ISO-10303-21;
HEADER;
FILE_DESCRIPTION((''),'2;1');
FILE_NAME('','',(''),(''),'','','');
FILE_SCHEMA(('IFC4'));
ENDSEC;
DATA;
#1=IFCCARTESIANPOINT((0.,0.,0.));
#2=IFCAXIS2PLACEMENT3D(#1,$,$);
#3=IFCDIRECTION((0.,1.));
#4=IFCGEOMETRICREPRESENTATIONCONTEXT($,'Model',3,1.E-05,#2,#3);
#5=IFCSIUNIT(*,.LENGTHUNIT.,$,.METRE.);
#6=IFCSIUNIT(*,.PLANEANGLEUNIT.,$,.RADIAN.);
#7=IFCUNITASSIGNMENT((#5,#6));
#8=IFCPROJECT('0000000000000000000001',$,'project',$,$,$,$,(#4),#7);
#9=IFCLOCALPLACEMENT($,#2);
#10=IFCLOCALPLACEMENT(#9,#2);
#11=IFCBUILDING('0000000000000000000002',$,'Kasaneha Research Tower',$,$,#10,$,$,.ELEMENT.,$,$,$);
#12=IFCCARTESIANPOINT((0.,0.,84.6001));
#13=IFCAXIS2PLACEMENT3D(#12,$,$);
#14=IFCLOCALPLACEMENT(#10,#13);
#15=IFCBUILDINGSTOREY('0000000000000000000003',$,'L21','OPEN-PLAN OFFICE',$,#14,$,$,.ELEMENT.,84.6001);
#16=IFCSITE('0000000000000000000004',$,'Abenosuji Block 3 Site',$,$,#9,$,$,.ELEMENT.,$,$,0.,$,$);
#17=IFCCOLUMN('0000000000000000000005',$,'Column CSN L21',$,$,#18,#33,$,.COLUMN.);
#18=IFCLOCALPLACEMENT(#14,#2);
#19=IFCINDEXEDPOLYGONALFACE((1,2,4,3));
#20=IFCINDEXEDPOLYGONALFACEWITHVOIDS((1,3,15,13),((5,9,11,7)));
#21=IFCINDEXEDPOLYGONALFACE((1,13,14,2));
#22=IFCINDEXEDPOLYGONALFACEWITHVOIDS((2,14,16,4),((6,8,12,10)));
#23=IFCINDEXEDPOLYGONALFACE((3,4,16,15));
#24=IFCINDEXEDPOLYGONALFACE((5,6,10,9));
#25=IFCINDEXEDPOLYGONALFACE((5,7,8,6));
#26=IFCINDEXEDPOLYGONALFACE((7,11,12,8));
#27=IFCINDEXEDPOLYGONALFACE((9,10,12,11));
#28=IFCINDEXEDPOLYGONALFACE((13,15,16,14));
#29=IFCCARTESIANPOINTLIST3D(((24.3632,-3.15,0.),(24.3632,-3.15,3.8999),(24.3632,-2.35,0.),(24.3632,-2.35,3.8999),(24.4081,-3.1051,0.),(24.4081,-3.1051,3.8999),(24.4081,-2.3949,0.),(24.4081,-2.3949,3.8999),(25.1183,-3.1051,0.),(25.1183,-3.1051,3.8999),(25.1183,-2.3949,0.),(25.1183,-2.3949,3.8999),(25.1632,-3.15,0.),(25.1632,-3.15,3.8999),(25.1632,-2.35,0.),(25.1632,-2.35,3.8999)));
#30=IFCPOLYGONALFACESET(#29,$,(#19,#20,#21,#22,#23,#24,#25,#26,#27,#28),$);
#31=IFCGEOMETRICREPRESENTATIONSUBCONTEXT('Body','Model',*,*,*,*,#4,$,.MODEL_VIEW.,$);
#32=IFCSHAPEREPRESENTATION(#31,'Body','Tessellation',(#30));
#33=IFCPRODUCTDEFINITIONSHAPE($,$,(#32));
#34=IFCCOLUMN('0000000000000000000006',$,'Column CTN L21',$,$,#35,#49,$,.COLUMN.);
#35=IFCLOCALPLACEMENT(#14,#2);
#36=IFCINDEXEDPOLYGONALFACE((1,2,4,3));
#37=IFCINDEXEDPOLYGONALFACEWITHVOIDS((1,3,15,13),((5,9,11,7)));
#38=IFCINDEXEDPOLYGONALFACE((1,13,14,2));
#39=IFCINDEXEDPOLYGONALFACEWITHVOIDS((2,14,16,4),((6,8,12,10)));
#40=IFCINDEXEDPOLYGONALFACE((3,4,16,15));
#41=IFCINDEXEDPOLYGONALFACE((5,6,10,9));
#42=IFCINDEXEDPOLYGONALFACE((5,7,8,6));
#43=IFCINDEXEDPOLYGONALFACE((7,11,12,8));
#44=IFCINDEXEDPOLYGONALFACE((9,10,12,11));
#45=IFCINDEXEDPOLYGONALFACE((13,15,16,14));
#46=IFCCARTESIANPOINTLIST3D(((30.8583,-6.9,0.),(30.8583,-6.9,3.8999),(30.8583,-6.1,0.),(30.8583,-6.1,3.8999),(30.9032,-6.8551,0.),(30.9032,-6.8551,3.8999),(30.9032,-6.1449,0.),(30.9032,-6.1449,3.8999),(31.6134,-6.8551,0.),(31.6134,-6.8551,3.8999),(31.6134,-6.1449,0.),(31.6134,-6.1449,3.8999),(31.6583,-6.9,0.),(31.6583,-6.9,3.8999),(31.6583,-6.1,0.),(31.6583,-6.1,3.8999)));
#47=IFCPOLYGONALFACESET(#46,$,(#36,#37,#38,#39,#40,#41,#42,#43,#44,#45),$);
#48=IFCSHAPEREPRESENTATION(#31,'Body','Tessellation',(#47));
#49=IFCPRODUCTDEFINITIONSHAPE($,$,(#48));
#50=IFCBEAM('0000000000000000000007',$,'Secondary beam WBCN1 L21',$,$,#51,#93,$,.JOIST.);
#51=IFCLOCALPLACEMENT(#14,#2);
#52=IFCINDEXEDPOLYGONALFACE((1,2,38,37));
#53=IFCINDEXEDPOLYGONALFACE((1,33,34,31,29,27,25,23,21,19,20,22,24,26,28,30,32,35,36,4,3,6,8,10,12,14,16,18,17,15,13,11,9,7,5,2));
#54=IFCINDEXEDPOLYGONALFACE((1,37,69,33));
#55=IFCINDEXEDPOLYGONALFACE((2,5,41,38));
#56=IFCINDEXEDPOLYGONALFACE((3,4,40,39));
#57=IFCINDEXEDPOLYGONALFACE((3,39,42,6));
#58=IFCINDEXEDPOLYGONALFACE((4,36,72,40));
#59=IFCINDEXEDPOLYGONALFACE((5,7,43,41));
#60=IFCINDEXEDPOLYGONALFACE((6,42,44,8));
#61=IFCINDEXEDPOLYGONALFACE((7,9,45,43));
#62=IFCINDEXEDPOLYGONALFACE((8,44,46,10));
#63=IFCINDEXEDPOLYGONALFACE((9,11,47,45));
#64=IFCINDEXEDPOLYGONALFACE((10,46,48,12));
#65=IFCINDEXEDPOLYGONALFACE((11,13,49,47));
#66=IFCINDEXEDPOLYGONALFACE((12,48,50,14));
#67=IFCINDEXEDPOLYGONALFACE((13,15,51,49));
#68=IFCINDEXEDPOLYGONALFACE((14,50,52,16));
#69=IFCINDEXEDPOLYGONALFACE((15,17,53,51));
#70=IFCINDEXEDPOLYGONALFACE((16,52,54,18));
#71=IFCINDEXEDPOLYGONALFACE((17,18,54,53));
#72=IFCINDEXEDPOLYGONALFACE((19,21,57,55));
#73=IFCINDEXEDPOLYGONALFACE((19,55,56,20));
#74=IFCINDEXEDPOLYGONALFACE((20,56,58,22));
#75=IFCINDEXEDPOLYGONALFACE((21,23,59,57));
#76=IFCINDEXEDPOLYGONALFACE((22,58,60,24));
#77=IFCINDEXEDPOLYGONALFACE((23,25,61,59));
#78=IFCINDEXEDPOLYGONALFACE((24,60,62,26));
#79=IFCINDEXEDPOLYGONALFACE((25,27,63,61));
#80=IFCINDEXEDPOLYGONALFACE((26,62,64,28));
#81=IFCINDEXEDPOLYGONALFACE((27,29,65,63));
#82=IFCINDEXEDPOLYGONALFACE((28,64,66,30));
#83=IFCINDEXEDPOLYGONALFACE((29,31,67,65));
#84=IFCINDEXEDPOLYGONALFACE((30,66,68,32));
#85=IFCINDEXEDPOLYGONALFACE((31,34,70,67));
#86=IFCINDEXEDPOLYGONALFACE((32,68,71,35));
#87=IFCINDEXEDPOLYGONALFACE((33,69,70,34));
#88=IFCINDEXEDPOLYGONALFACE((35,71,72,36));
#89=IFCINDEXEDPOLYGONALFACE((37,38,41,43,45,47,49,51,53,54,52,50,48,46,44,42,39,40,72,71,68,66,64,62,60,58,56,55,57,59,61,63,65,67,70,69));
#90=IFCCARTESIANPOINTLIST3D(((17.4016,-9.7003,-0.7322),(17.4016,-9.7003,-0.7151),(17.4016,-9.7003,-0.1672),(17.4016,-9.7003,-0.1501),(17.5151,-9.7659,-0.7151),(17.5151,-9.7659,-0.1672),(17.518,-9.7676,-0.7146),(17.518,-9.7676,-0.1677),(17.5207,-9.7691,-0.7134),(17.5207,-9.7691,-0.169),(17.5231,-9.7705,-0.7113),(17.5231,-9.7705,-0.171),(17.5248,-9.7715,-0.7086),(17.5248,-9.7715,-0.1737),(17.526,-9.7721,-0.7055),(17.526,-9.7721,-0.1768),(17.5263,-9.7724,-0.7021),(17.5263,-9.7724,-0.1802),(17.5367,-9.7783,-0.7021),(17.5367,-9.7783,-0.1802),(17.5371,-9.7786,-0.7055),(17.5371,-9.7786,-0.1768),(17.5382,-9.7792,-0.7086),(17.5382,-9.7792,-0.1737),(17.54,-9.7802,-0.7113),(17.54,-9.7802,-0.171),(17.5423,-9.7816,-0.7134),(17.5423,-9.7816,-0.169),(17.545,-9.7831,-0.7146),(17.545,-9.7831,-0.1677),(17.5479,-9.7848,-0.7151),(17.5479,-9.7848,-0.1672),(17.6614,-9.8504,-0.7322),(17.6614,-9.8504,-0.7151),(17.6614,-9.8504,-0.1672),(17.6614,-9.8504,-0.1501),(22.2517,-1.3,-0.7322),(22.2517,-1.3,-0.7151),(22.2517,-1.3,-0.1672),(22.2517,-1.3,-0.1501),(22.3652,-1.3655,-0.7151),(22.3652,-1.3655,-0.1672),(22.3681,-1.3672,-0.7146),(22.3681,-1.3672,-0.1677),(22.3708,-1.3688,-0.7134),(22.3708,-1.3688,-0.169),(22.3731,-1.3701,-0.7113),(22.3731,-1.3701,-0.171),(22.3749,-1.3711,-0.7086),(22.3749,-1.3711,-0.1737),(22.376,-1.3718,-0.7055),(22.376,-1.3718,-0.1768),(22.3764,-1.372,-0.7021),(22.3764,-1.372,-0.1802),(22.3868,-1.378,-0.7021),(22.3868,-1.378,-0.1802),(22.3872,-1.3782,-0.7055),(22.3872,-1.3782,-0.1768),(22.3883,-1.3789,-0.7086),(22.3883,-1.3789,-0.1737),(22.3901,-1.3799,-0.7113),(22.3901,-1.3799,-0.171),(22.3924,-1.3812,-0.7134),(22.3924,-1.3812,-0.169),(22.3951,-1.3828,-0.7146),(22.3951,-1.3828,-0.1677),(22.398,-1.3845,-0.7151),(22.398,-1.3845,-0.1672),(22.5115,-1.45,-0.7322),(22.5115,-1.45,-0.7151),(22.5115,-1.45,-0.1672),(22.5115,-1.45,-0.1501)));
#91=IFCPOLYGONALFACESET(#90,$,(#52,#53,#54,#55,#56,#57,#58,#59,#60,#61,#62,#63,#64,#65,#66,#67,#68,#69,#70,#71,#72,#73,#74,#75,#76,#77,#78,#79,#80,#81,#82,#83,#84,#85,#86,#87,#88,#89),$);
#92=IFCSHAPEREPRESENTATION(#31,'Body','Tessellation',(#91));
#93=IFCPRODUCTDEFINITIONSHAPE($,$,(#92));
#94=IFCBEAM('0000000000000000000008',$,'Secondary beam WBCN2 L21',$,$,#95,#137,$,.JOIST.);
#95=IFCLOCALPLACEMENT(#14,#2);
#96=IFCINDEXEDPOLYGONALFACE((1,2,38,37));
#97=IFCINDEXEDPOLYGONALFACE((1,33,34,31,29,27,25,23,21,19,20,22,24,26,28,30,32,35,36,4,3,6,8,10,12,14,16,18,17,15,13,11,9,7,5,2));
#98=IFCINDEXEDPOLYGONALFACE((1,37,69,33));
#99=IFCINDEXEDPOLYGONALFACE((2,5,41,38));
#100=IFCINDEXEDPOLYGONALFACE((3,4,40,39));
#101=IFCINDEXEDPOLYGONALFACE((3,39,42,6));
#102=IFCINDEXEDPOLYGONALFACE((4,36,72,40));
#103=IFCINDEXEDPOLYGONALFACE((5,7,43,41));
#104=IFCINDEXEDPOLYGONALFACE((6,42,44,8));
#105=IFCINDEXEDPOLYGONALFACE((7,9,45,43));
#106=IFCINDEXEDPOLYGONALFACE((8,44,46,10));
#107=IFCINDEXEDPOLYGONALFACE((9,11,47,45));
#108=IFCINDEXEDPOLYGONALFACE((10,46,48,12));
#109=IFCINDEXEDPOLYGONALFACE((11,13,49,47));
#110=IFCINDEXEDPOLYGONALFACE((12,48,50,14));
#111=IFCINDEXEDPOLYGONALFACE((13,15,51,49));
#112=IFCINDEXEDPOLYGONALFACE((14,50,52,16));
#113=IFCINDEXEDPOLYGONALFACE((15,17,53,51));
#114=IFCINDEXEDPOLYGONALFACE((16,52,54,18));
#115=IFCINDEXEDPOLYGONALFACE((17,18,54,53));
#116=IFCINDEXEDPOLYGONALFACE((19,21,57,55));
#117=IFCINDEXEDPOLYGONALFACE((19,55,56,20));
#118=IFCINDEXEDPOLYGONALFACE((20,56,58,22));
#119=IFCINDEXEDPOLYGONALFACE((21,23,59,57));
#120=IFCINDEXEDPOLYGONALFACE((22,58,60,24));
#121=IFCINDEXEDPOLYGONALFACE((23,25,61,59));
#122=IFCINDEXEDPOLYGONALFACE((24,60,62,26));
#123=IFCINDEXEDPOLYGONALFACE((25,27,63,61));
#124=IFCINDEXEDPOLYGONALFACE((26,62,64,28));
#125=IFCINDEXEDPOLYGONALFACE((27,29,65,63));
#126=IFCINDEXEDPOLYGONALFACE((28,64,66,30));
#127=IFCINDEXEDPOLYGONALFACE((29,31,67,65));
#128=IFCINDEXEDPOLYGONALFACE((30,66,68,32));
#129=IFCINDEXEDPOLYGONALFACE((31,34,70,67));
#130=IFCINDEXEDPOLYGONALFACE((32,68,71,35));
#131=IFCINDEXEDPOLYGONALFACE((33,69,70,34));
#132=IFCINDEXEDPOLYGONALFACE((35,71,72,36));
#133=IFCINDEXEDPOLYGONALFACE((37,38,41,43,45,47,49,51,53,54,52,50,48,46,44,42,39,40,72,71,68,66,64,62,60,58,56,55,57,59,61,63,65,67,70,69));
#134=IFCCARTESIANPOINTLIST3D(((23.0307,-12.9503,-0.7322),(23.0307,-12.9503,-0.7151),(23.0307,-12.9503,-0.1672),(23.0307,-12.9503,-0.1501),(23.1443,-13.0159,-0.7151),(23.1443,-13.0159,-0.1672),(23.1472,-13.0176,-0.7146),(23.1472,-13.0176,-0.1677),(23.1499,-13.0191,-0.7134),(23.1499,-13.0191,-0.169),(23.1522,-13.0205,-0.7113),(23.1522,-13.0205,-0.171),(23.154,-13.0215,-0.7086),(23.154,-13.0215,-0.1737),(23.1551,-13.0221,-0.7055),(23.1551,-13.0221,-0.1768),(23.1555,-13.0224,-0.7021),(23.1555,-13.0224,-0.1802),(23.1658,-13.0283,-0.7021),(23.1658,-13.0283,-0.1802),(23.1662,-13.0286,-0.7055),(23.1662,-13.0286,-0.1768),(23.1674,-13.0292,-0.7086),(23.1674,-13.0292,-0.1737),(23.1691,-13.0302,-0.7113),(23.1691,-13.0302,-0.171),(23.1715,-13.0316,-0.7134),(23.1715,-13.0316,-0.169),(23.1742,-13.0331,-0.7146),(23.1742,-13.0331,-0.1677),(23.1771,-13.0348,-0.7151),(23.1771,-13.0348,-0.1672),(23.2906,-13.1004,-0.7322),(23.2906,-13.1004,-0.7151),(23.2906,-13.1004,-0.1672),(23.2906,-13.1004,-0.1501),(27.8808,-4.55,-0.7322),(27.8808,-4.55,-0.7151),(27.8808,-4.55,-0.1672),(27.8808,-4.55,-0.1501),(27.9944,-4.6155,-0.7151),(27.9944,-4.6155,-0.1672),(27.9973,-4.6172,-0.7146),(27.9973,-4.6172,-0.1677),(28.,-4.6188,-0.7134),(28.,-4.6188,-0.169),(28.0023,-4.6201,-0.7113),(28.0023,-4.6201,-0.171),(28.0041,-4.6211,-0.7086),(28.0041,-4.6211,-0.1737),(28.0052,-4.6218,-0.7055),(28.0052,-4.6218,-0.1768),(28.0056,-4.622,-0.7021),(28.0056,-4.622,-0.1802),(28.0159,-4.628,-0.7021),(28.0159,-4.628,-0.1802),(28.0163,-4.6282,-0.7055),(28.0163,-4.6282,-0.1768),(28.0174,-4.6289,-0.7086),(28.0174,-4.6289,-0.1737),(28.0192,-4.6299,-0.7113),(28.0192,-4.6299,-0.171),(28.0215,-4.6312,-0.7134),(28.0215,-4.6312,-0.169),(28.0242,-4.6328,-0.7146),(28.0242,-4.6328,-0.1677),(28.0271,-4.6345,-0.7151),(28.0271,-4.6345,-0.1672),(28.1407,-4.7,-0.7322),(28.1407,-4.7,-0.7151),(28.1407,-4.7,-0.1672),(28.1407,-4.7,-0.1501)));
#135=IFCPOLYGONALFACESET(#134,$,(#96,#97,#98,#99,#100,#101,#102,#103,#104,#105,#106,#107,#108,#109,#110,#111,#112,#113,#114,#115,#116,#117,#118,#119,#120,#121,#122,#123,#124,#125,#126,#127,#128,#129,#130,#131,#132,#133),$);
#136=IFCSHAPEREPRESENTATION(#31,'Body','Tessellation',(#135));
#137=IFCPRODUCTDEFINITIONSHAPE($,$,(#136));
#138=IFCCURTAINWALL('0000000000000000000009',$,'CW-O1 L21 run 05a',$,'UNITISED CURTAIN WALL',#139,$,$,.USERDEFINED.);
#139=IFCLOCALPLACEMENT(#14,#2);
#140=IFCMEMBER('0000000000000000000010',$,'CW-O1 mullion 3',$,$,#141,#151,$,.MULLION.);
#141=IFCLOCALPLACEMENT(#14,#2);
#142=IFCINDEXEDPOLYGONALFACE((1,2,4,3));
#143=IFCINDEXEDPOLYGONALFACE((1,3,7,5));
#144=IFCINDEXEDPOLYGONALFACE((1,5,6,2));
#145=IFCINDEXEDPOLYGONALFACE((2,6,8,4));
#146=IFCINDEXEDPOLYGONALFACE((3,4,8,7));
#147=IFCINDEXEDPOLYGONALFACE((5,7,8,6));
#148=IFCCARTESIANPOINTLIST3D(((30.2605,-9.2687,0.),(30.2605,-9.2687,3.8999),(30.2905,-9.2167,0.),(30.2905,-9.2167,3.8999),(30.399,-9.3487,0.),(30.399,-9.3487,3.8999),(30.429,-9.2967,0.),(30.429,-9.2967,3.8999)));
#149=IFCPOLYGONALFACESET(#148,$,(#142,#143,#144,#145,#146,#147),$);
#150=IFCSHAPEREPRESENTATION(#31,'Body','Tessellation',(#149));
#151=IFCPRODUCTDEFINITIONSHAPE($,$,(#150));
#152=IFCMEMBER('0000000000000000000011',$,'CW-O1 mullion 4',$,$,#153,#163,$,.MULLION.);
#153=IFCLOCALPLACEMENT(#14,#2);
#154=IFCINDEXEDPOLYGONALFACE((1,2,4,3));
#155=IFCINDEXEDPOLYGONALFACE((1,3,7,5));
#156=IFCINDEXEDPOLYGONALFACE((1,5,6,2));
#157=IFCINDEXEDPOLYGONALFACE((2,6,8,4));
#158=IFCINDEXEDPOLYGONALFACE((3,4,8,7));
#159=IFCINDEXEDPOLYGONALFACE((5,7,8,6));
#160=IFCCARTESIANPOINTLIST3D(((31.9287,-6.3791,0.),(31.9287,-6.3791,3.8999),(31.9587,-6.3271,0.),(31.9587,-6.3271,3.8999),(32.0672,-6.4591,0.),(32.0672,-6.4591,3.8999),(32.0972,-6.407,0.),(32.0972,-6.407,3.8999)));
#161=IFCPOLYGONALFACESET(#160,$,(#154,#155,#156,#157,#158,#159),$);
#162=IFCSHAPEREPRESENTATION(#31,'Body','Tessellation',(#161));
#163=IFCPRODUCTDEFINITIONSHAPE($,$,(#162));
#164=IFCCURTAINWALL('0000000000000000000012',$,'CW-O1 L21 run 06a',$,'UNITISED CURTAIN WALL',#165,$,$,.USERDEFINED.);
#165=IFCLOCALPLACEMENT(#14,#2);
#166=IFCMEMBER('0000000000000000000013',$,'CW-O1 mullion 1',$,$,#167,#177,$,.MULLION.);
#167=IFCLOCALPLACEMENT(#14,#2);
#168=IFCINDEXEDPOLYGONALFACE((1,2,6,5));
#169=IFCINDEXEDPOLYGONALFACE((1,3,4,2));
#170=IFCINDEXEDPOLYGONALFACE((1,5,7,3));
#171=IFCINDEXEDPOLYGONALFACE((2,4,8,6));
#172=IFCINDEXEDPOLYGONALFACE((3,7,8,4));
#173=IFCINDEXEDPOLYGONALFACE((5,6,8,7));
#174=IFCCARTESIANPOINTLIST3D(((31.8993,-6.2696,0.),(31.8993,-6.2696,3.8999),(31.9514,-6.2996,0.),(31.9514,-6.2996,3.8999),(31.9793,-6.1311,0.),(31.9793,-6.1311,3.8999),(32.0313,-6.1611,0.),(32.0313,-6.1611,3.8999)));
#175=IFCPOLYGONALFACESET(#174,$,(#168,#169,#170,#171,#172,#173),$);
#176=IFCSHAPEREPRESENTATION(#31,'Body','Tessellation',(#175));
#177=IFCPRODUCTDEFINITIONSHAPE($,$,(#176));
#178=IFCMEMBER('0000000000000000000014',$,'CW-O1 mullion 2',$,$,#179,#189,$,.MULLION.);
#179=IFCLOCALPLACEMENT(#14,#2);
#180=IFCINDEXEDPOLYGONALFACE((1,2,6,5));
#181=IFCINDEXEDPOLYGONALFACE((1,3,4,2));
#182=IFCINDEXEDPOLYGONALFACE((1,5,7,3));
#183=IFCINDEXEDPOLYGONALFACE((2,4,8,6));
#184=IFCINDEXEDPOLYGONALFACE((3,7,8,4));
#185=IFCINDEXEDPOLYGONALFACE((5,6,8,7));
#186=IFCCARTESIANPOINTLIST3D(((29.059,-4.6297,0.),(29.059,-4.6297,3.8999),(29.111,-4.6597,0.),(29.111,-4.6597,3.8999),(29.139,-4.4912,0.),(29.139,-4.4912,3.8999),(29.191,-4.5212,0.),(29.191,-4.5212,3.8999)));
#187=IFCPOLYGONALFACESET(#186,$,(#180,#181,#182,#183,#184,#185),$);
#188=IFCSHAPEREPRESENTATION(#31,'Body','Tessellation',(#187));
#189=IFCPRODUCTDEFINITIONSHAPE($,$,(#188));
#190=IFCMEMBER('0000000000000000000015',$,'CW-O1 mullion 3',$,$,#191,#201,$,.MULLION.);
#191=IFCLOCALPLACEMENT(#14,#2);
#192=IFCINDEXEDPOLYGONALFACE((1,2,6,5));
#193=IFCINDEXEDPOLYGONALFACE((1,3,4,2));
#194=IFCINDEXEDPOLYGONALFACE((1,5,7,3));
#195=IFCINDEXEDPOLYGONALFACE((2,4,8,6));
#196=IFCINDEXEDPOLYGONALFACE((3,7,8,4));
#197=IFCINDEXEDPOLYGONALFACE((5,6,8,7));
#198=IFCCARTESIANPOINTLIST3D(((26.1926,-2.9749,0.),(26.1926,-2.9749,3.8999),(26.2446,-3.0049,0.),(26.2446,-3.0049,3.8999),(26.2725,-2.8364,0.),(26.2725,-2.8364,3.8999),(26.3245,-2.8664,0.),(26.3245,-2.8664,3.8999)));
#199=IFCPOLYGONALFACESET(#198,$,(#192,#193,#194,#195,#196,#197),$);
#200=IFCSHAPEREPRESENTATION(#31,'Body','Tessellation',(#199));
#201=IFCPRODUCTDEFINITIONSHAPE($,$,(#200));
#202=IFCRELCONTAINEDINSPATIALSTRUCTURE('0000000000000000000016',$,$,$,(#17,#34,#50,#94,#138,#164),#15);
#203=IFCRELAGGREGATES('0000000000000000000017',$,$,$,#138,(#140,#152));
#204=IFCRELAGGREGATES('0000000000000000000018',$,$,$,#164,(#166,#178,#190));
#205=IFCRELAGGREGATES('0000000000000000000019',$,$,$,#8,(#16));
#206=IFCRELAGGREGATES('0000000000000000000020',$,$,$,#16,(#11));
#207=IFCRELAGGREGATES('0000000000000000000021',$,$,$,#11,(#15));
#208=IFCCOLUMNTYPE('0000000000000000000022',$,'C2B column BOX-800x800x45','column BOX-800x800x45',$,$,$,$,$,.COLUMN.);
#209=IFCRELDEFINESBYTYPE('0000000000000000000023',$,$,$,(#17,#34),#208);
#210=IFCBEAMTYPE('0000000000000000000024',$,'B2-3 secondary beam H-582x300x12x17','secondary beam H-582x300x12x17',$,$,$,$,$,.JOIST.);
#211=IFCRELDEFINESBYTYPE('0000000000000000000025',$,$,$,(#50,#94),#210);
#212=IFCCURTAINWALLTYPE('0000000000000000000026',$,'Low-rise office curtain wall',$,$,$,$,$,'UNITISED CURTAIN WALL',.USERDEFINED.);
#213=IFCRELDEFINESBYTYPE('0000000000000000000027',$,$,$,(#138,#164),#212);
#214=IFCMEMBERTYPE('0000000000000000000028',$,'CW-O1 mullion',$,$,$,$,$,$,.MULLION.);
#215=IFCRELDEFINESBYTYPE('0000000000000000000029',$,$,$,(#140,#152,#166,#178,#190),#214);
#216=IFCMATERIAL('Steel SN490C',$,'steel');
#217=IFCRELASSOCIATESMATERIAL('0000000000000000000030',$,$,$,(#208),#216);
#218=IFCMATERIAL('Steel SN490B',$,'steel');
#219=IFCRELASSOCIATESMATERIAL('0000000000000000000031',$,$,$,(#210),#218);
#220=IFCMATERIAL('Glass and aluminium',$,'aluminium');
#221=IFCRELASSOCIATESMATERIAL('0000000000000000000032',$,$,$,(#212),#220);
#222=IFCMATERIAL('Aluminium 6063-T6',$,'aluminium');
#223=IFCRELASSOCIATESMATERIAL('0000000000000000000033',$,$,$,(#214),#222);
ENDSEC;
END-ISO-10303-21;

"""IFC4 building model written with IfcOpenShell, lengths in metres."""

from ifc_helpers import new_model, si_unit, direction, frame, origin, origin_2d, place, context, subcontext, project, spatial, rectangle, hollow_rectangle, i_section, extrude, material, material_profile, profile_set, type_object, element, aggregate, save


model = new_model("IFC4")

# Units and contexts
model_context = context("Model", 3, precision=1e-05, world=origin(), true_north=direction((0.0, 1.0)))
body_context = subcontext(model_context, "Body", "Model", "MODEL_VIEW")
ifc_project = project(units=[si_unit("LENGTHUNIT", "METRE"), si_unit("PLANEANGLEUNIT", "RADIAN")], contexts=[model_context])

# Site, building, storey
site_placement = place(None, origin())
site = spatial("IfcSite", under=ifc_project, at=site_placement, Name="Abenosuji Block 3 Site", CompositionType="ELEMENT", RefElevation=0.0)
building_placement = place(site_placement, origin())
building = spatial("IfcBuilding", under=site, at=building_placement, Name="Kasaneha Research Tower", CompositionType="ELEMENT")
storey_placement = place(building_placement, frame((0.0, 0.0, 84.6001)))
storey = spatial("IfcBuildingStorey", under=building, at=storey_placement, Name="L21", Description="OPEN-PLAN OFFICE", CompositionType="ELEMENT", Elevation=84.6001)

# Columns
ifc_material_1 = material(Name="Steel SN490C", Category="steel")
ifc_material_profile_1 = material_profile(ifc_material_1, hollow_rectangle(XDim=0.8, YDim=0.8, WallThickness=0.0449, at=origin_2d()), Name="BOX-800x800x45")
ifc_profile_set_1 = profile_set([ifc_material_profile_1], Name="Steel SN490C")
column_type = type_object("IfcColumnType", Name="C2B column BOX-800x800x45", Description="column BOX-800x800x45", PredefinedType="COLUMN", material=ifc_profile_set_1)
for number, where, z_axis, x_axis, name in (
    (1, (24.7632, -2.75, 0.0), (0.0, 0.0, 1.0), (1.0, 0.0, 0.0), "Column CSN L21"),
    (2, (31.2583, -6.5, 0.0), (0.0, 0.0, 1.0), (1.0, 0.0, 0.0), "Column CTN L21"),
):
    element("IfcColumn", number, at=place(storey_placement, frame(where, z_axis=z_axis, x_axis=x_axis)), inside=storey, type_object=column_type, Name=name, PredefinedType="COLUMN", context=body_context, shape_type="SweptSolid", body=[
        extrude(hollow_rectangle(XDim=0.8, YDim=0.8, WallThickness=0.0449, at=origin_2d()), origin(), (0.0, 0.0, 1.0), 3.8999),
    ])

# Beams
ifc_material_2 = material(Name="Steel SN490B", Category="steel")
ifc_material_profile_2 = material_profile(ifc_material_2, i_section(OverallWidth=0.3, OverallDepth=0.582, WebThickness=0.012, FlangeThickness=0.0171, FilletRadius=0.0129, at=origin_2d()), Name="H-582x300x12x17")
ifc_profile_set_2 = profile_set([ifc_material_profile_2], Name="Steel SN490B")
beam_type_1 = type_object("IfcBeamType", Name="B2-3 secondary beam H-582x300x12x17", Description="secondary beam H-582x300x12x17", PredefinedType="JOIST", material=ifc_profile_set_2)
for number, where, z_axis, x_axis, name in (
    (3, (22.3816, -1.375, -0.4412), (-0.50001, -0.86602, 0.0), (0.86602, -0.50001, 0.0), "Secondary beam WBCN1 L21"),
    (4, (28.0107, -4.625, -0.4412), (-0.50001, -0.86602, 0.0), (0.86602, -0.50001, 0.0), "Secondary beam WBCN2 L21"),
):
    element("IfcBeam", number, at=place(storey_placement, frame(where, z_axis=z_axis, x_axis=x_axis)), inside=storey, type_object=beam_type_1, Name=name, PredefinedType="JOIST", context=body_context, shape_type="SweptSolid", body=[
        extrude(i_section(OverallWidth=0.3, OverallDepth=0.582, WebThickness=0.012, FlangeThickness=0.0171, FilletRadius=0.0129, at=origin_2d()), origin(), (0.0, 0.0, 1.0), 9.7),
    ])

# Curtain walls, members
ifc_material_3 = material(Name="Glass and aluminium", Category="aluminium")
curtain_wall_type = type_object("IfcCurtainWallType", Name="Low-rise office curtain wall", ElementType="UNITISED CURTAIN WALL", PredefinedType="USERDEFINED", material=ifc_material_3)
curtain_wall_1_placement = place(storey_placement, origin())
curtain_wall_1 = element("IfcCurtainWall", 5, at=curtain_wall_1_placement, inside=storey, type_object=curtain_wall_type, Name="CW-O1 L21 run 05a", ObjectType="UNITISED CURTAIN WALL", PredefinedType="USERDEFINED")
ifc_material_4 = material(Name="Aluminium 6063-T6", Category="aluminium")
ifc_material_profile_3 = material_profile(ifc_material_4, rectangle(XDim=0.0601, YDim=0.1599, at=origin_2d()), Name="CW-O1 mullion 60x160")
ifc_profile_set_3 = profile_set([ifc_material_profile_3], Name="Aluminium 6063-T6")
member_type_1 = type_object("IfcMemberType", Name="CW-O1 mullion", PredefinedType="MULLION", material=ifc_profile_set_3)
member_1_placement = place(storey_placement, frame((30.3447, -9.2827, 0.0), z_axis=(0.0, 0.0, 1.0), x_axis=(0.5, 0.866025, 0.0)))
member_1 = element("IfcMember", 6, at=member_1_placement, type_object=member_type_1, Name="CW-O1 mullion 3", PredefinedType="MULLION", context=body_context, shape_type="SweptSolid", body=[
    extrude(rectangle(XDim=0.0601, YDim=0.1599, at=origin_2d()), origin(), (0.0, 0.0, 1.0), 3.8999),
])
member_2_placement = place(storey_placement, frame((32.0129, -6.3931, 0.0), z_axis=(0.0, 0.0, 1.0), x_axis=(0.5, 0.866025, 0.0)))
member_2 = element("IfcMember", 7, at=member_2_placement, type_object=member_type_1, Name="CW-O1 mullion 4", PredefinedType="MULLION", context=body_context, shape_type="SweptSolid", body=[
    extrude(rectangle(XDim=0.0601, YDim=0.1599, at=origin_2d()), origin(), (0.0, 0.0, 1.0), 3.8999),
])
curtain_wall_2_placement = place(storey_placement, origin())
curtain_wall_2 = element("IfcCurtainWall", 8, at=curtain_wall_2_placement, inside=storey, type_object=curtain_wall_type, Name="CW-O1 L21 run 06a", ObjectType="UNITISED CURTAIN WALL", PredefinedType="USERDEFINED")
member_3_placement = place(storey_placement, frame((31.9653, -6.2153, 0.0), z_axis=(0.0, 0.0, 1.0), x_axis=(-0.866025, 0.5, 0.0)))
member_3 = element("IfcMember", 9, at=member_3_placement, type_object=member_type_1, Name="CW-O1 mullion 1", PredefinedType="MULLION", context=body_context, shape_type="SweptSolid", body=[
    extrude(rectangle(XDim=0.0601, YDim=0.1599, at=origin_2d()), origin(), (0.0, 0.0, 1.0), 3.8999),
])
member_4_placement = place(storey_placement, frame((29.125, -4.5754, 0.0), z_axis=(0.0, 0.0, 1.0), x_axis=(-0.866025, 0.5, 0.0)))
member_4 = element("IfcMember", 10, at=member_4_placement, type_object=member_type_1, Name="CW-O1 mullion 2", PredefinedType="MULLION", context=body_context, shape_type="SweptSolid", body=[
    extrude(rectangle(XDim=0.0601, YDim=0.1599, at=origin_2d()), origin(), (0.0, 0.0, 1.0), 3.8999),
])
member_5_placement = place(storey_placement, frame((26.2585, -2.9207, 0.0), z_axis=(0.0, 0.0, 1.0), x_axis=(-0.866025, 0.5, 0.0)))
member_5 = element("IfcMember", 11, at=member_5_placement, type_object=member_type_1, Name="CW-O1 mullion 3", PredefinedType="MULLION", context=body_context, shape_type="SweptSolid", body=[
    extrude(rectangle(XDim=0.0601, YDim=0.1599, at=origin_2d()), origin(), (0.0, 0.0, 1.0), 3.8999),
])

aggregate(curtain_wall_1, [member_1, member_2])
aggregate(curtain_wall_2, [member_3, member_4, member_5])

save(model, "model.ifc")
